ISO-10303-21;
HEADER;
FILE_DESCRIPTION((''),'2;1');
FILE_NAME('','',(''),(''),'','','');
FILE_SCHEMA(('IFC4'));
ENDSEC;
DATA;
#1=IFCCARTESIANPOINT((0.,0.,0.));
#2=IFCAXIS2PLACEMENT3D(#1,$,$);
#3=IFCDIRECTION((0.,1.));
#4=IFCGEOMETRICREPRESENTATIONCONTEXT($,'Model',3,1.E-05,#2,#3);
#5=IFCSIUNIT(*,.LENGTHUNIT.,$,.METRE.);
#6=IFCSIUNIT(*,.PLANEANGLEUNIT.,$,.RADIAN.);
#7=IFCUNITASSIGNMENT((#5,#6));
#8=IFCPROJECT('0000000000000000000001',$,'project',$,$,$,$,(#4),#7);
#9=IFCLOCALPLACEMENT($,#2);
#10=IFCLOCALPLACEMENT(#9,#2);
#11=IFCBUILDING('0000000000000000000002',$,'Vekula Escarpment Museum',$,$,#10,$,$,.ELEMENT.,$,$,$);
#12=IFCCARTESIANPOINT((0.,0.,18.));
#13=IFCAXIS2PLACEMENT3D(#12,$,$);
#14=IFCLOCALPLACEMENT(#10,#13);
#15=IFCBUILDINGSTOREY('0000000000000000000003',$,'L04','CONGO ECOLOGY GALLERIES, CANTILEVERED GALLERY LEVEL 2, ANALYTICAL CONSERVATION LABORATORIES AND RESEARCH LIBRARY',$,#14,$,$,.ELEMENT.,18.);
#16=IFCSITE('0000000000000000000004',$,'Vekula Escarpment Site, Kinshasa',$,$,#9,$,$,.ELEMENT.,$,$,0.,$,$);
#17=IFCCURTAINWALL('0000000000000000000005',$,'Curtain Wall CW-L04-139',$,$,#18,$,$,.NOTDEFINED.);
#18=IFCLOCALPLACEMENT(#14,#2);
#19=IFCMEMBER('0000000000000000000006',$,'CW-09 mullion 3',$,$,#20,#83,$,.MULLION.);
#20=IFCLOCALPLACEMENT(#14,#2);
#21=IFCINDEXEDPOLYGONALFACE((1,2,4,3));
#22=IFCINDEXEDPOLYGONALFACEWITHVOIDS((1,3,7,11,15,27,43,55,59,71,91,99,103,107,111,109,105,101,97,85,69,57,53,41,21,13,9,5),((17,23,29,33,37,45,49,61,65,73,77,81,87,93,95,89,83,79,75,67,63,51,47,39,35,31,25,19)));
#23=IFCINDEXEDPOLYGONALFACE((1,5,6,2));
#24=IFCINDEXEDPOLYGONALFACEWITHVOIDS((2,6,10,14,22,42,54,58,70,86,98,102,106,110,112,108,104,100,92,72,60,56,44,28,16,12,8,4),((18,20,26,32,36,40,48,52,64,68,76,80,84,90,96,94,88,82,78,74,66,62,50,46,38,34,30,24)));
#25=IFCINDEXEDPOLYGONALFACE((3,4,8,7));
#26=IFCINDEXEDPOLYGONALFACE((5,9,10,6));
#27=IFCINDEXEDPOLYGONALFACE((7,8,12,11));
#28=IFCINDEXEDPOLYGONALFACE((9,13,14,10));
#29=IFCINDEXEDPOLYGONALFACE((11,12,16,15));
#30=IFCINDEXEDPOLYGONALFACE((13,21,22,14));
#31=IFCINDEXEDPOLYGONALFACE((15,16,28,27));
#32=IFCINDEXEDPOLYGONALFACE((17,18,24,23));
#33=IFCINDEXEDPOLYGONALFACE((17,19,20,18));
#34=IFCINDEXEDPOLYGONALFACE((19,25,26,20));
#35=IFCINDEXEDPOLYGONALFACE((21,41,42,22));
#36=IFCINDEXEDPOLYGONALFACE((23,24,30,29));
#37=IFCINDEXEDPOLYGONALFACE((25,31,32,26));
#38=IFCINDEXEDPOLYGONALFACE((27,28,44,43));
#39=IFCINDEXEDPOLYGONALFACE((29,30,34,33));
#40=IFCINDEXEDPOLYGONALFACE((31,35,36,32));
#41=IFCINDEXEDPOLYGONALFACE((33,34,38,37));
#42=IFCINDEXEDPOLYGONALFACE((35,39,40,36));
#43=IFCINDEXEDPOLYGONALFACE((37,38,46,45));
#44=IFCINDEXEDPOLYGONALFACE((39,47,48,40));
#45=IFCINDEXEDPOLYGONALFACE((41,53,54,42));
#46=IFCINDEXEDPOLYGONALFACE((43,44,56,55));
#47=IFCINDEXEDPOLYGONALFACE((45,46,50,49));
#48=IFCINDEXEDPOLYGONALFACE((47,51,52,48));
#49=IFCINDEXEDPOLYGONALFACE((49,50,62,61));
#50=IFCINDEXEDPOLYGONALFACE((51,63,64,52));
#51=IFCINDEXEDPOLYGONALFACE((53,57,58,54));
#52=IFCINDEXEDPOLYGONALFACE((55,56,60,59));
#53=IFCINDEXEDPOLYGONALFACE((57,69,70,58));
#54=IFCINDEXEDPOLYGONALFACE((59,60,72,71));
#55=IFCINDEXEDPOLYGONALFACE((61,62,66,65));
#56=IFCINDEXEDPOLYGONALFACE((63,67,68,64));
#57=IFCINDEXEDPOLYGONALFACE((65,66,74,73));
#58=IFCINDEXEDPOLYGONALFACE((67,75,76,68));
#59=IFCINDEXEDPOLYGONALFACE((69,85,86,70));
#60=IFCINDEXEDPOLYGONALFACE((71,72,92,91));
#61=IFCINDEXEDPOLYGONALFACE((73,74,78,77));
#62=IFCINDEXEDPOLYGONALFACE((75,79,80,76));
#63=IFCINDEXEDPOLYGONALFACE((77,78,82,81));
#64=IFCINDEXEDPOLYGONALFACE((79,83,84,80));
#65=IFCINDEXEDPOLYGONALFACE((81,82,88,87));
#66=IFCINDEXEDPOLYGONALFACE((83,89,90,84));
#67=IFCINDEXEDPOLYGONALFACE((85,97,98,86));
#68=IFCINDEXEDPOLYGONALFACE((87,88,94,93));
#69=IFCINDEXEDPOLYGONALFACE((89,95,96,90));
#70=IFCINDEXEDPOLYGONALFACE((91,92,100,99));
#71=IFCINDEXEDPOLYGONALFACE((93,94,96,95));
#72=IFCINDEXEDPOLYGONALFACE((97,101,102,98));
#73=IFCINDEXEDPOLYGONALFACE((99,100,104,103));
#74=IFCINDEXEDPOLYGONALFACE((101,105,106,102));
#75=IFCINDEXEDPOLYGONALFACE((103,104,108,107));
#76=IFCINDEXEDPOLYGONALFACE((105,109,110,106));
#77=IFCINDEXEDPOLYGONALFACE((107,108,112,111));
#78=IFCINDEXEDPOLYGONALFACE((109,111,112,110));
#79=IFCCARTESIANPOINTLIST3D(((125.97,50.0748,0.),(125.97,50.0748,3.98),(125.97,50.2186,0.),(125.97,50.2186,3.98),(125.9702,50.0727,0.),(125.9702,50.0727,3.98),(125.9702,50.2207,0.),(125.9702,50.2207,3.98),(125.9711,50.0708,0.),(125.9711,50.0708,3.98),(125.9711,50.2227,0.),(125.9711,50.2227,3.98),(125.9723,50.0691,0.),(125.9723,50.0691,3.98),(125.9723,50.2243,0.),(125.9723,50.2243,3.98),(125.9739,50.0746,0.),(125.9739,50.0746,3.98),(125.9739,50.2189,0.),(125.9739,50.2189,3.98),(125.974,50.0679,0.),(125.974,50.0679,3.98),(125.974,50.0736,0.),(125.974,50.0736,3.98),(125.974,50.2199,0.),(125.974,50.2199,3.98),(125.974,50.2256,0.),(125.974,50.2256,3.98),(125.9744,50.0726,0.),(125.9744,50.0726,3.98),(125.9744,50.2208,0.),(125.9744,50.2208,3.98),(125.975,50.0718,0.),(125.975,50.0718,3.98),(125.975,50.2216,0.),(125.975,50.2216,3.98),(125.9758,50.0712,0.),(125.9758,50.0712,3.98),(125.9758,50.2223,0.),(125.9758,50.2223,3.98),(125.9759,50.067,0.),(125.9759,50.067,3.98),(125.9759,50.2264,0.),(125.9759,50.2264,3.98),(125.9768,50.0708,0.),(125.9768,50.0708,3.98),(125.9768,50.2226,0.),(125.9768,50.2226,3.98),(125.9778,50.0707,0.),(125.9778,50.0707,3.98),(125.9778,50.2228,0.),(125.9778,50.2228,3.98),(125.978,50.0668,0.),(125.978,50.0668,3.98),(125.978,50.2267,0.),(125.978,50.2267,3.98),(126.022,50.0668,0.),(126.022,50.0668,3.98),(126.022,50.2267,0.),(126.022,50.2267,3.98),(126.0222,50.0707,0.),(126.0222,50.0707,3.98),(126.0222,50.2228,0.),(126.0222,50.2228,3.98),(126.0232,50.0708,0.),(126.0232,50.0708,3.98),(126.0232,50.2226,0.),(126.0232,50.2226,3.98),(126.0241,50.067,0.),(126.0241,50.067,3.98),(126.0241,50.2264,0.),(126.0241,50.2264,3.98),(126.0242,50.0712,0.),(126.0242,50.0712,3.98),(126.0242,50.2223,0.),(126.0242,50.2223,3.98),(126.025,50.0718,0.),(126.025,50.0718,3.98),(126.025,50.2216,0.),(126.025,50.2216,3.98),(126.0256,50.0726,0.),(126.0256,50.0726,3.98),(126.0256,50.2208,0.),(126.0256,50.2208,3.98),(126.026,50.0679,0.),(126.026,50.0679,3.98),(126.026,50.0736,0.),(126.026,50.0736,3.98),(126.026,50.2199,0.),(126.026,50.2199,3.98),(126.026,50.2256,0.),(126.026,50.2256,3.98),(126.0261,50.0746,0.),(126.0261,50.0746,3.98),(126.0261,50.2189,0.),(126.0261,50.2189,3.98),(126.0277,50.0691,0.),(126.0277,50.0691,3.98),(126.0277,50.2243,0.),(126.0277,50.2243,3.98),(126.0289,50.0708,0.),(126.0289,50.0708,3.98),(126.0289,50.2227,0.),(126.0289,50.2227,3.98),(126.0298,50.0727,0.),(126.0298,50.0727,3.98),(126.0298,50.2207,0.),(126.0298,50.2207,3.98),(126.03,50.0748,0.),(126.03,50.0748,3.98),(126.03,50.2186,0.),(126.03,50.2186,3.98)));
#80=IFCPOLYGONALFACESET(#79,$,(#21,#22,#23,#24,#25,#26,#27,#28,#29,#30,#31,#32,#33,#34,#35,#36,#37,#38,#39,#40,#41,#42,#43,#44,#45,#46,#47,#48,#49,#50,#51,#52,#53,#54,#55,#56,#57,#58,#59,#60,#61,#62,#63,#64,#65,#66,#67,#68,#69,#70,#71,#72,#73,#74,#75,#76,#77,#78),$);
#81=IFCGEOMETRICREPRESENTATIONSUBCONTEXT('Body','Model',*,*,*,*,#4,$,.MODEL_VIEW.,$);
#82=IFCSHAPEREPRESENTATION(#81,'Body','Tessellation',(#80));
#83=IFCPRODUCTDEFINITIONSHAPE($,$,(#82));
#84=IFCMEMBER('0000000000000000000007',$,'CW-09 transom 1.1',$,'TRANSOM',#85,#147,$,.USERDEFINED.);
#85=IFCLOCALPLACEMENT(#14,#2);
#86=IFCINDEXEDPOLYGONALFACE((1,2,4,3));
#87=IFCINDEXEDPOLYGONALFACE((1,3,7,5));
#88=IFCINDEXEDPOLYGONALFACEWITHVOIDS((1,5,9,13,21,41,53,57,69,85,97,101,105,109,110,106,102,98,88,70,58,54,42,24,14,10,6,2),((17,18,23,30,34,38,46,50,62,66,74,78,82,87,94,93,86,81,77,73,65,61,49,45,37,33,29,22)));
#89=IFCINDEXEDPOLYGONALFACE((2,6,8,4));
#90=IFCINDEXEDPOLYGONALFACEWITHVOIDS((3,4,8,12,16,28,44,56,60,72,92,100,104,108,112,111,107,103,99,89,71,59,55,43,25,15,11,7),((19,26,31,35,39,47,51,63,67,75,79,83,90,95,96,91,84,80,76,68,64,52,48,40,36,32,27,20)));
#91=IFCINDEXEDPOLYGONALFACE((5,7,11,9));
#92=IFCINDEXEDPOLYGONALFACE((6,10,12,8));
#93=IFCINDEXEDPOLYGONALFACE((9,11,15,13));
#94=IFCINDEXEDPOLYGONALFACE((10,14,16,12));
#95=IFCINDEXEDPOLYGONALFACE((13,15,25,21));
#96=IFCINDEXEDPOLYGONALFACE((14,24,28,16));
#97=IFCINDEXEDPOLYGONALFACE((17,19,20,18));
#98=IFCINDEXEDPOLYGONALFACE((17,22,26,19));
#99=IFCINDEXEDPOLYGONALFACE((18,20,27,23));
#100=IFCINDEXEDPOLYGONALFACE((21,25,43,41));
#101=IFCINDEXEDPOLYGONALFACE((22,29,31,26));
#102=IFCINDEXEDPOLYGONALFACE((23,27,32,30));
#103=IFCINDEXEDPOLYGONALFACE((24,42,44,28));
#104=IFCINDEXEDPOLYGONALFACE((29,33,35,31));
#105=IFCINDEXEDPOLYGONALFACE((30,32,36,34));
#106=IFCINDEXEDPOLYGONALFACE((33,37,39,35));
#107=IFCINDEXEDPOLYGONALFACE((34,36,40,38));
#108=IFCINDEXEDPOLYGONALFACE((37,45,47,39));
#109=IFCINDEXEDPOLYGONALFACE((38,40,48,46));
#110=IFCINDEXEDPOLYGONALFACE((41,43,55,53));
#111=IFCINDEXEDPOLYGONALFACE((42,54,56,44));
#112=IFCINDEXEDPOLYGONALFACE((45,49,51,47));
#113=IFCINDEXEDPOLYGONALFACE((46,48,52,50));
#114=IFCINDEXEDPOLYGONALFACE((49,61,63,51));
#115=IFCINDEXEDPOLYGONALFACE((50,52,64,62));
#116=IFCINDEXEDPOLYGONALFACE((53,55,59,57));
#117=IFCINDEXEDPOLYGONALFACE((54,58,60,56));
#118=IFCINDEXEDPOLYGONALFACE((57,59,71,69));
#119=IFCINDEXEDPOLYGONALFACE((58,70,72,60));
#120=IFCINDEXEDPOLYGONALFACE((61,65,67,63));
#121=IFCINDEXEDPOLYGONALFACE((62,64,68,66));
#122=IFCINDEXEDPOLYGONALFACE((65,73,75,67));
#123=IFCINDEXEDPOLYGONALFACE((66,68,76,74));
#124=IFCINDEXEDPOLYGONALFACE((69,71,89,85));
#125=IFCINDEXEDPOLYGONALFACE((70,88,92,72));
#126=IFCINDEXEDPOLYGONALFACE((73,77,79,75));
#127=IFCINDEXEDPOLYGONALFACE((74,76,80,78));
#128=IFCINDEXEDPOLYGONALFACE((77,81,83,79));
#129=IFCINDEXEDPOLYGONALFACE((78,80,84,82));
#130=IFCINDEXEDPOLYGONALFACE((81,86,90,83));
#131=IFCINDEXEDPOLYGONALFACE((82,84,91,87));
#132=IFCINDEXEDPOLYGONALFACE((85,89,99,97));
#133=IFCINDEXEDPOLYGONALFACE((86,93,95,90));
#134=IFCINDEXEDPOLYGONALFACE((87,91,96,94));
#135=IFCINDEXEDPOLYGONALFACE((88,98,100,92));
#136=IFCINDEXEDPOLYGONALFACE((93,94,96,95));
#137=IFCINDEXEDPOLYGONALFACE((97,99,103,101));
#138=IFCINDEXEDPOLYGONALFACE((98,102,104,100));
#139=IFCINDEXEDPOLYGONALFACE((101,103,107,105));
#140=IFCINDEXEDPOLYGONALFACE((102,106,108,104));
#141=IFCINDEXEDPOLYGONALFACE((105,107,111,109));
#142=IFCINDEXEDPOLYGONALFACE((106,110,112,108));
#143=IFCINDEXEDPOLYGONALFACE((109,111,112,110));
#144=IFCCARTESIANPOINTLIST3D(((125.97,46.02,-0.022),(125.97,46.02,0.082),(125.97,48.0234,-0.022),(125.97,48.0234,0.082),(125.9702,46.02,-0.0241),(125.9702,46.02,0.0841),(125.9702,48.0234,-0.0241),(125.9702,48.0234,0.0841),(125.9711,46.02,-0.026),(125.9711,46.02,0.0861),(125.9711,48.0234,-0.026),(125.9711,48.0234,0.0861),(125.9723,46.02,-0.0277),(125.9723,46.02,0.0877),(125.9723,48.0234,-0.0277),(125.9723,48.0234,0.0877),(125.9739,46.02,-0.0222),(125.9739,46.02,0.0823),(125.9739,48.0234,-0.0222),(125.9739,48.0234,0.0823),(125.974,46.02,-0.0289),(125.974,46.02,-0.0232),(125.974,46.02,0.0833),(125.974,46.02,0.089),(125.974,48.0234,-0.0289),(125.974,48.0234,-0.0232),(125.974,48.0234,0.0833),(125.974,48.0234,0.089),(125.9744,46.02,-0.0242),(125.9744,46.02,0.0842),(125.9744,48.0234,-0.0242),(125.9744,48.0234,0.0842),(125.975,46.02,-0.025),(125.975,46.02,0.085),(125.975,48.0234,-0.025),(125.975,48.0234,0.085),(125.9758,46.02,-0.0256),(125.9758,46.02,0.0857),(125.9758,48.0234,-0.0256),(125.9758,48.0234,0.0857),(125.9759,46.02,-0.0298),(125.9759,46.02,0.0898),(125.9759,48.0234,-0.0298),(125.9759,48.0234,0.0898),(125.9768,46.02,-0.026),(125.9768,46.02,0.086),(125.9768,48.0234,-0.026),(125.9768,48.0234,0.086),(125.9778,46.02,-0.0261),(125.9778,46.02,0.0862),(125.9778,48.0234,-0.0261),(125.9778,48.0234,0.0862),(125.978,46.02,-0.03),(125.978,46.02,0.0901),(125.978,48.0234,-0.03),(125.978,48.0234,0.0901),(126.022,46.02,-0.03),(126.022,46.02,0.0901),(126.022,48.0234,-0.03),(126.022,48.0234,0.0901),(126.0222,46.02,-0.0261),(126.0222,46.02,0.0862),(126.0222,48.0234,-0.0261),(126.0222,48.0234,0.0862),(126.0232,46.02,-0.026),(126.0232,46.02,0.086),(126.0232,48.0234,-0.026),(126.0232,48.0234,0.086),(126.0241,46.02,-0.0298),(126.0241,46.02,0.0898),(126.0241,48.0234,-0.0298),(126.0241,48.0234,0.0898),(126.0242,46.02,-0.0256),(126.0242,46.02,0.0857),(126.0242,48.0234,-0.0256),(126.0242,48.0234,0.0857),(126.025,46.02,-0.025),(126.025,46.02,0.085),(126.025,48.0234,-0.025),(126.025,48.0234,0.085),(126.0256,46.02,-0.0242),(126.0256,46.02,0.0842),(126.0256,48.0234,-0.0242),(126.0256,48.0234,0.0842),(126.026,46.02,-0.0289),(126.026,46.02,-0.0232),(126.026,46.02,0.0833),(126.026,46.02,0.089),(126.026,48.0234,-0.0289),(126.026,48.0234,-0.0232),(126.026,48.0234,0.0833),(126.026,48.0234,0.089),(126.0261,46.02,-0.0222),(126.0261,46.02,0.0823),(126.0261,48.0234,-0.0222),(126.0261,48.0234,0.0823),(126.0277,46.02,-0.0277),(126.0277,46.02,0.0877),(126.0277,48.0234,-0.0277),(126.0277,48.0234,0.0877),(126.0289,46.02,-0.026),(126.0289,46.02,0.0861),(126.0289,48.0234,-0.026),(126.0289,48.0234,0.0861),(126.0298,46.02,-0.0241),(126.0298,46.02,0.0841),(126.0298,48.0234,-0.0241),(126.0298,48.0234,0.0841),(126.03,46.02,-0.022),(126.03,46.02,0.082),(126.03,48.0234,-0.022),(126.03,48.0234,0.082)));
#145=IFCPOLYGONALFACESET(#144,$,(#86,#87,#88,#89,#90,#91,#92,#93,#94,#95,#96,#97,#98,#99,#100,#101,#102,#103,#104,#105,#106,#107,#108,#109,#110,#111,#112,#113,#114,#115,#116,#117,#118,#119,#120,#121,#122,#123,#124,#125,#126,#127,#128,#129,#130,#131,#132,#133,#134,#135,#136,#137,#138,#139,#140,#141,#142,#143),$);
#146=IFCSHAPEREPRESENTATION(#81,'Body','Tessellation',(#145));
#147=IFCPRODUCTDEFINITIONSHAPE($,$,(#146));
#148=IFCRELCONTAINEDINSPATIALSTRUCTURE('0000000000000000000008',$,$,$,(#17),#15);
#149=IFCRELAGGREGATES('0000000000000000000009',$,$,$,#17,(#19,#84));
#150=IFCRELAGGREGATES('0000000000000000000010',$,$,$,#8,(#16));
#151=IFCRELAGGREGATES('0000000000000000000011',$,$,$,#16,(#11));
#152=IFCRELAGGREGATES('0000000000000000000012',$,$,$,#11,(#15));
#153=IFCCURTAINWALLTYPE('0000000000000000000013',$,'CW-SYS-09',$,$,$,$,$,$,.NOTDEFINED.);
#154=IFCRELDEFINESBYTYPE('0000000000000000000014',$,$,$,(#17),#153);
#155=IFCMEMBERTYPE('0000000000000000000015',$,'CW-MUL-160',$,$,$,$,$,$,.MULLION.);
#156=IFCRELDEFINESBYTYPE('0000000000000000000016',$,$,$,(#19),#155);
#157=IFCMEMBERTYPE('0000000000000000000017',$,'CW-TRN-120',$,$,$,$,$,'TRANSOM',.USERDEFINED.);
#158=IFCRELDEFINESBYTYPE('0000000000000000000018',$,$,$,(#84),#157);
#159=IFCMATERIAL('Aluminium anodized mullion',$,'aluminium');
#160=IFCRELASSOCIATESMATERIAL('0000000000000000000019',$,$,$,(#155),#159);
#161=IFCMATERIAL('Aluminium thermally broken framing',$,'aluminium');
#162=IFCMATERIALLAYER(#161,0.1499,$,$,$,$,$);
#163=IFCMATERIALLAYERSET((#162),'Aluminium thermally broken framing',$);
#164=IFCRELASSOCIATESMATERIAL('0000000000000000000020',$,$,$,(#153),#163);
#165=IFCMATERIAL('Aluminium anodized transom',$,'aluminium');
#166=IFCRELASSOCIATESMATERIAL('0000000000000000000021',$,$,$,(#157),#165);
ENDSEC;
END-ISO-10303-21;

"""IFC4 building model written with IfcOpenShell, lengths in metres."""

from ifc_helpers import new_model, si_unit, direction, frame, origin, origin_2d, place, context, subcontext, project, spatial, hollow_rectangle, extrude, material, layer, layer_set, material_profile, profile_set, type_object, element, aggregate, save


model = new_model("IFC4")

# Units and contexts
model_context = context("Model", 3, precision=1e-05, world=origin(), true_north=direction((0.0, 1.0)))
body_context = subcontext(model_context, "Body", "Model", "MODEL_VIEW")
ifc_project = project(units=[si_unit("LENGTHUNIT", "METRE"), si_unit("PLANEANGLEUNIT", "RADIAN")], contexts=[model_context])

# Site, building, storey
site_placement = place(None, origin())
site = spatial("IfcSite", under=ifc_project, at=site_placement, Name="Vekula Escarpment Site, Kinshasa", CompositionType="ELEMENT", RefElevation=0.0)
building_placement = place(site_placement, origin())
building = spatial("IfcBuilding", under=site, at=building_placement, Name="Vekula Escarpment Museum", CompositionType="ELEMENT")
storey_placement = place(building_placement, frame((0.0, 0.0, 18.0)))
storey = spatial("IfcBuildingStorey", under=building, at=storey_placement, Name="L04", Description="CONGO ECOLOGY GALLERIES, CANTILEVERED GALLERY LEVEL 2, ANALYTICAL CONSERVATION LABORATORIES AND RESEARCH LIBRARY", CompositionType="ELEMENT", Elevation=18.0)

# Shared definitions
ifc_material_1 = material(Name="Aluminium anodized mullion", Category="aluminium")
ifc_material_profile_1 = material_profile(ifc_material_1, hollow_rectangle(XDim=0.0601, YDim=0.1599, WallThickness=0.0039, InnerFilletRadius=0.0039, OuterFilletRadius=0.0081, at=origin_2d()), Name="ALU 160x60x4")
ifc_profile_set_1 = profile_set([ifc_material_profile_1], Name="Aluminium anodized mullion")
member_type_1 = type_object("IfcMemberType", Name="CW-MUL-160", PredefinedType="MULLION", material=ifc_profile_set_1)

# Curtain wall, members
ifc_material_2 = material(Name="Aluminium thermally broken framing", Category="aluminium")
ifc_layer_1 = layer(ifc_material_2, 0.1499)
ifc_layer_set_1 = layer_set([ifc_layer_1], Name="Aluminium thermally broken framing")
curtain_wall_type_1 = type_object("IfcCurtainWallType", Name="CW-SYS-09", PredefinedType="NOTDEFINED", material=ifc_layer_set_1)
curtain_wall_1_placement = place(storey_placement, origin())
curtain_wall_1 = element("IfcCurtainWall", 1, at=curtain_wall_1_placement, inside=storey, type_object=curtain_wall_type_1, Name="Curtain Wall CW-L04-139", PredefinedType="NOTDEFINED")
member_1_placement = place(storey_placement, frame((126.0, 50.1467, 0.0), z_axis=(0.0, 0.0, 1.0), x_axis=(-1.0, 0.0, 0.0)))
member_1 = element("IfcMember", 2, at=member_1_placement, type_object=member_type_1, Name="CW-09 mullion 3", PredefinedType="MULLION", context=body_context, shape_type="SweptSolid", body=[
    extrude(hollow_rectangle(XDim=0.0601, YDim=0.1599, WallThickness=0.0039, InnerFilletRadius=0.0039, OuterFilletRadius=0.0081, at=origin_2d()), origin(), (0.0, 0.0, 1.0), 3.98),
])
ifc_material_3 = material(Name="Aluminium anodized transom", Category="aluminium")
ifc_material_profile_2 = material_profile(ifc_material_3, hollow_rectangle(XDim=0.0601, YDim=0.1201, WallThickness=0.0039, InnerFilletRadius=0.0039, OuterFilletRadius=0.0081, at=origin_2d()), Name="ALU 120x60x4")
ifc_profile_set_2 = profile_set([ifc_material_profile_2], Name="Aluminium anodized transom")
member_type_2 = type_object("IfcMemberType", Name="CW-TRN-120", ElementType="TRANSOM", PredefinedType="USERDEFINED", material=ifc_profile_set_2)
member_2_placement = place(storey_placement, frame((126.0, 46.02, 0.03), z_axis=(0.0, 1.0, 0.0), x_axis=(-1.0, 0.0, 0.0)))
member_2 = element("IfcMember", 3, at=member_2_placement, type_object=member_type_2, Name="CW-09 transom 1.1", ObjectType="TRANSOM", PredefinedType="USERDEFINED", context=body_context, shape_type="SweptSolid", body=[
    extrude(hollow_rectangle(XDim=0.0601, YDim=0.1201, WallThickness=0.0039, InnerFilletRadius=0.0039, OuterFilletRadius=0.0081, at=origin_2d()), origin(), (0.0, 0.0, 1.0), 2.0034),
])

aggregate(curtain_wall_1, [member_1, member_2])

save(model, "model.ifc")
